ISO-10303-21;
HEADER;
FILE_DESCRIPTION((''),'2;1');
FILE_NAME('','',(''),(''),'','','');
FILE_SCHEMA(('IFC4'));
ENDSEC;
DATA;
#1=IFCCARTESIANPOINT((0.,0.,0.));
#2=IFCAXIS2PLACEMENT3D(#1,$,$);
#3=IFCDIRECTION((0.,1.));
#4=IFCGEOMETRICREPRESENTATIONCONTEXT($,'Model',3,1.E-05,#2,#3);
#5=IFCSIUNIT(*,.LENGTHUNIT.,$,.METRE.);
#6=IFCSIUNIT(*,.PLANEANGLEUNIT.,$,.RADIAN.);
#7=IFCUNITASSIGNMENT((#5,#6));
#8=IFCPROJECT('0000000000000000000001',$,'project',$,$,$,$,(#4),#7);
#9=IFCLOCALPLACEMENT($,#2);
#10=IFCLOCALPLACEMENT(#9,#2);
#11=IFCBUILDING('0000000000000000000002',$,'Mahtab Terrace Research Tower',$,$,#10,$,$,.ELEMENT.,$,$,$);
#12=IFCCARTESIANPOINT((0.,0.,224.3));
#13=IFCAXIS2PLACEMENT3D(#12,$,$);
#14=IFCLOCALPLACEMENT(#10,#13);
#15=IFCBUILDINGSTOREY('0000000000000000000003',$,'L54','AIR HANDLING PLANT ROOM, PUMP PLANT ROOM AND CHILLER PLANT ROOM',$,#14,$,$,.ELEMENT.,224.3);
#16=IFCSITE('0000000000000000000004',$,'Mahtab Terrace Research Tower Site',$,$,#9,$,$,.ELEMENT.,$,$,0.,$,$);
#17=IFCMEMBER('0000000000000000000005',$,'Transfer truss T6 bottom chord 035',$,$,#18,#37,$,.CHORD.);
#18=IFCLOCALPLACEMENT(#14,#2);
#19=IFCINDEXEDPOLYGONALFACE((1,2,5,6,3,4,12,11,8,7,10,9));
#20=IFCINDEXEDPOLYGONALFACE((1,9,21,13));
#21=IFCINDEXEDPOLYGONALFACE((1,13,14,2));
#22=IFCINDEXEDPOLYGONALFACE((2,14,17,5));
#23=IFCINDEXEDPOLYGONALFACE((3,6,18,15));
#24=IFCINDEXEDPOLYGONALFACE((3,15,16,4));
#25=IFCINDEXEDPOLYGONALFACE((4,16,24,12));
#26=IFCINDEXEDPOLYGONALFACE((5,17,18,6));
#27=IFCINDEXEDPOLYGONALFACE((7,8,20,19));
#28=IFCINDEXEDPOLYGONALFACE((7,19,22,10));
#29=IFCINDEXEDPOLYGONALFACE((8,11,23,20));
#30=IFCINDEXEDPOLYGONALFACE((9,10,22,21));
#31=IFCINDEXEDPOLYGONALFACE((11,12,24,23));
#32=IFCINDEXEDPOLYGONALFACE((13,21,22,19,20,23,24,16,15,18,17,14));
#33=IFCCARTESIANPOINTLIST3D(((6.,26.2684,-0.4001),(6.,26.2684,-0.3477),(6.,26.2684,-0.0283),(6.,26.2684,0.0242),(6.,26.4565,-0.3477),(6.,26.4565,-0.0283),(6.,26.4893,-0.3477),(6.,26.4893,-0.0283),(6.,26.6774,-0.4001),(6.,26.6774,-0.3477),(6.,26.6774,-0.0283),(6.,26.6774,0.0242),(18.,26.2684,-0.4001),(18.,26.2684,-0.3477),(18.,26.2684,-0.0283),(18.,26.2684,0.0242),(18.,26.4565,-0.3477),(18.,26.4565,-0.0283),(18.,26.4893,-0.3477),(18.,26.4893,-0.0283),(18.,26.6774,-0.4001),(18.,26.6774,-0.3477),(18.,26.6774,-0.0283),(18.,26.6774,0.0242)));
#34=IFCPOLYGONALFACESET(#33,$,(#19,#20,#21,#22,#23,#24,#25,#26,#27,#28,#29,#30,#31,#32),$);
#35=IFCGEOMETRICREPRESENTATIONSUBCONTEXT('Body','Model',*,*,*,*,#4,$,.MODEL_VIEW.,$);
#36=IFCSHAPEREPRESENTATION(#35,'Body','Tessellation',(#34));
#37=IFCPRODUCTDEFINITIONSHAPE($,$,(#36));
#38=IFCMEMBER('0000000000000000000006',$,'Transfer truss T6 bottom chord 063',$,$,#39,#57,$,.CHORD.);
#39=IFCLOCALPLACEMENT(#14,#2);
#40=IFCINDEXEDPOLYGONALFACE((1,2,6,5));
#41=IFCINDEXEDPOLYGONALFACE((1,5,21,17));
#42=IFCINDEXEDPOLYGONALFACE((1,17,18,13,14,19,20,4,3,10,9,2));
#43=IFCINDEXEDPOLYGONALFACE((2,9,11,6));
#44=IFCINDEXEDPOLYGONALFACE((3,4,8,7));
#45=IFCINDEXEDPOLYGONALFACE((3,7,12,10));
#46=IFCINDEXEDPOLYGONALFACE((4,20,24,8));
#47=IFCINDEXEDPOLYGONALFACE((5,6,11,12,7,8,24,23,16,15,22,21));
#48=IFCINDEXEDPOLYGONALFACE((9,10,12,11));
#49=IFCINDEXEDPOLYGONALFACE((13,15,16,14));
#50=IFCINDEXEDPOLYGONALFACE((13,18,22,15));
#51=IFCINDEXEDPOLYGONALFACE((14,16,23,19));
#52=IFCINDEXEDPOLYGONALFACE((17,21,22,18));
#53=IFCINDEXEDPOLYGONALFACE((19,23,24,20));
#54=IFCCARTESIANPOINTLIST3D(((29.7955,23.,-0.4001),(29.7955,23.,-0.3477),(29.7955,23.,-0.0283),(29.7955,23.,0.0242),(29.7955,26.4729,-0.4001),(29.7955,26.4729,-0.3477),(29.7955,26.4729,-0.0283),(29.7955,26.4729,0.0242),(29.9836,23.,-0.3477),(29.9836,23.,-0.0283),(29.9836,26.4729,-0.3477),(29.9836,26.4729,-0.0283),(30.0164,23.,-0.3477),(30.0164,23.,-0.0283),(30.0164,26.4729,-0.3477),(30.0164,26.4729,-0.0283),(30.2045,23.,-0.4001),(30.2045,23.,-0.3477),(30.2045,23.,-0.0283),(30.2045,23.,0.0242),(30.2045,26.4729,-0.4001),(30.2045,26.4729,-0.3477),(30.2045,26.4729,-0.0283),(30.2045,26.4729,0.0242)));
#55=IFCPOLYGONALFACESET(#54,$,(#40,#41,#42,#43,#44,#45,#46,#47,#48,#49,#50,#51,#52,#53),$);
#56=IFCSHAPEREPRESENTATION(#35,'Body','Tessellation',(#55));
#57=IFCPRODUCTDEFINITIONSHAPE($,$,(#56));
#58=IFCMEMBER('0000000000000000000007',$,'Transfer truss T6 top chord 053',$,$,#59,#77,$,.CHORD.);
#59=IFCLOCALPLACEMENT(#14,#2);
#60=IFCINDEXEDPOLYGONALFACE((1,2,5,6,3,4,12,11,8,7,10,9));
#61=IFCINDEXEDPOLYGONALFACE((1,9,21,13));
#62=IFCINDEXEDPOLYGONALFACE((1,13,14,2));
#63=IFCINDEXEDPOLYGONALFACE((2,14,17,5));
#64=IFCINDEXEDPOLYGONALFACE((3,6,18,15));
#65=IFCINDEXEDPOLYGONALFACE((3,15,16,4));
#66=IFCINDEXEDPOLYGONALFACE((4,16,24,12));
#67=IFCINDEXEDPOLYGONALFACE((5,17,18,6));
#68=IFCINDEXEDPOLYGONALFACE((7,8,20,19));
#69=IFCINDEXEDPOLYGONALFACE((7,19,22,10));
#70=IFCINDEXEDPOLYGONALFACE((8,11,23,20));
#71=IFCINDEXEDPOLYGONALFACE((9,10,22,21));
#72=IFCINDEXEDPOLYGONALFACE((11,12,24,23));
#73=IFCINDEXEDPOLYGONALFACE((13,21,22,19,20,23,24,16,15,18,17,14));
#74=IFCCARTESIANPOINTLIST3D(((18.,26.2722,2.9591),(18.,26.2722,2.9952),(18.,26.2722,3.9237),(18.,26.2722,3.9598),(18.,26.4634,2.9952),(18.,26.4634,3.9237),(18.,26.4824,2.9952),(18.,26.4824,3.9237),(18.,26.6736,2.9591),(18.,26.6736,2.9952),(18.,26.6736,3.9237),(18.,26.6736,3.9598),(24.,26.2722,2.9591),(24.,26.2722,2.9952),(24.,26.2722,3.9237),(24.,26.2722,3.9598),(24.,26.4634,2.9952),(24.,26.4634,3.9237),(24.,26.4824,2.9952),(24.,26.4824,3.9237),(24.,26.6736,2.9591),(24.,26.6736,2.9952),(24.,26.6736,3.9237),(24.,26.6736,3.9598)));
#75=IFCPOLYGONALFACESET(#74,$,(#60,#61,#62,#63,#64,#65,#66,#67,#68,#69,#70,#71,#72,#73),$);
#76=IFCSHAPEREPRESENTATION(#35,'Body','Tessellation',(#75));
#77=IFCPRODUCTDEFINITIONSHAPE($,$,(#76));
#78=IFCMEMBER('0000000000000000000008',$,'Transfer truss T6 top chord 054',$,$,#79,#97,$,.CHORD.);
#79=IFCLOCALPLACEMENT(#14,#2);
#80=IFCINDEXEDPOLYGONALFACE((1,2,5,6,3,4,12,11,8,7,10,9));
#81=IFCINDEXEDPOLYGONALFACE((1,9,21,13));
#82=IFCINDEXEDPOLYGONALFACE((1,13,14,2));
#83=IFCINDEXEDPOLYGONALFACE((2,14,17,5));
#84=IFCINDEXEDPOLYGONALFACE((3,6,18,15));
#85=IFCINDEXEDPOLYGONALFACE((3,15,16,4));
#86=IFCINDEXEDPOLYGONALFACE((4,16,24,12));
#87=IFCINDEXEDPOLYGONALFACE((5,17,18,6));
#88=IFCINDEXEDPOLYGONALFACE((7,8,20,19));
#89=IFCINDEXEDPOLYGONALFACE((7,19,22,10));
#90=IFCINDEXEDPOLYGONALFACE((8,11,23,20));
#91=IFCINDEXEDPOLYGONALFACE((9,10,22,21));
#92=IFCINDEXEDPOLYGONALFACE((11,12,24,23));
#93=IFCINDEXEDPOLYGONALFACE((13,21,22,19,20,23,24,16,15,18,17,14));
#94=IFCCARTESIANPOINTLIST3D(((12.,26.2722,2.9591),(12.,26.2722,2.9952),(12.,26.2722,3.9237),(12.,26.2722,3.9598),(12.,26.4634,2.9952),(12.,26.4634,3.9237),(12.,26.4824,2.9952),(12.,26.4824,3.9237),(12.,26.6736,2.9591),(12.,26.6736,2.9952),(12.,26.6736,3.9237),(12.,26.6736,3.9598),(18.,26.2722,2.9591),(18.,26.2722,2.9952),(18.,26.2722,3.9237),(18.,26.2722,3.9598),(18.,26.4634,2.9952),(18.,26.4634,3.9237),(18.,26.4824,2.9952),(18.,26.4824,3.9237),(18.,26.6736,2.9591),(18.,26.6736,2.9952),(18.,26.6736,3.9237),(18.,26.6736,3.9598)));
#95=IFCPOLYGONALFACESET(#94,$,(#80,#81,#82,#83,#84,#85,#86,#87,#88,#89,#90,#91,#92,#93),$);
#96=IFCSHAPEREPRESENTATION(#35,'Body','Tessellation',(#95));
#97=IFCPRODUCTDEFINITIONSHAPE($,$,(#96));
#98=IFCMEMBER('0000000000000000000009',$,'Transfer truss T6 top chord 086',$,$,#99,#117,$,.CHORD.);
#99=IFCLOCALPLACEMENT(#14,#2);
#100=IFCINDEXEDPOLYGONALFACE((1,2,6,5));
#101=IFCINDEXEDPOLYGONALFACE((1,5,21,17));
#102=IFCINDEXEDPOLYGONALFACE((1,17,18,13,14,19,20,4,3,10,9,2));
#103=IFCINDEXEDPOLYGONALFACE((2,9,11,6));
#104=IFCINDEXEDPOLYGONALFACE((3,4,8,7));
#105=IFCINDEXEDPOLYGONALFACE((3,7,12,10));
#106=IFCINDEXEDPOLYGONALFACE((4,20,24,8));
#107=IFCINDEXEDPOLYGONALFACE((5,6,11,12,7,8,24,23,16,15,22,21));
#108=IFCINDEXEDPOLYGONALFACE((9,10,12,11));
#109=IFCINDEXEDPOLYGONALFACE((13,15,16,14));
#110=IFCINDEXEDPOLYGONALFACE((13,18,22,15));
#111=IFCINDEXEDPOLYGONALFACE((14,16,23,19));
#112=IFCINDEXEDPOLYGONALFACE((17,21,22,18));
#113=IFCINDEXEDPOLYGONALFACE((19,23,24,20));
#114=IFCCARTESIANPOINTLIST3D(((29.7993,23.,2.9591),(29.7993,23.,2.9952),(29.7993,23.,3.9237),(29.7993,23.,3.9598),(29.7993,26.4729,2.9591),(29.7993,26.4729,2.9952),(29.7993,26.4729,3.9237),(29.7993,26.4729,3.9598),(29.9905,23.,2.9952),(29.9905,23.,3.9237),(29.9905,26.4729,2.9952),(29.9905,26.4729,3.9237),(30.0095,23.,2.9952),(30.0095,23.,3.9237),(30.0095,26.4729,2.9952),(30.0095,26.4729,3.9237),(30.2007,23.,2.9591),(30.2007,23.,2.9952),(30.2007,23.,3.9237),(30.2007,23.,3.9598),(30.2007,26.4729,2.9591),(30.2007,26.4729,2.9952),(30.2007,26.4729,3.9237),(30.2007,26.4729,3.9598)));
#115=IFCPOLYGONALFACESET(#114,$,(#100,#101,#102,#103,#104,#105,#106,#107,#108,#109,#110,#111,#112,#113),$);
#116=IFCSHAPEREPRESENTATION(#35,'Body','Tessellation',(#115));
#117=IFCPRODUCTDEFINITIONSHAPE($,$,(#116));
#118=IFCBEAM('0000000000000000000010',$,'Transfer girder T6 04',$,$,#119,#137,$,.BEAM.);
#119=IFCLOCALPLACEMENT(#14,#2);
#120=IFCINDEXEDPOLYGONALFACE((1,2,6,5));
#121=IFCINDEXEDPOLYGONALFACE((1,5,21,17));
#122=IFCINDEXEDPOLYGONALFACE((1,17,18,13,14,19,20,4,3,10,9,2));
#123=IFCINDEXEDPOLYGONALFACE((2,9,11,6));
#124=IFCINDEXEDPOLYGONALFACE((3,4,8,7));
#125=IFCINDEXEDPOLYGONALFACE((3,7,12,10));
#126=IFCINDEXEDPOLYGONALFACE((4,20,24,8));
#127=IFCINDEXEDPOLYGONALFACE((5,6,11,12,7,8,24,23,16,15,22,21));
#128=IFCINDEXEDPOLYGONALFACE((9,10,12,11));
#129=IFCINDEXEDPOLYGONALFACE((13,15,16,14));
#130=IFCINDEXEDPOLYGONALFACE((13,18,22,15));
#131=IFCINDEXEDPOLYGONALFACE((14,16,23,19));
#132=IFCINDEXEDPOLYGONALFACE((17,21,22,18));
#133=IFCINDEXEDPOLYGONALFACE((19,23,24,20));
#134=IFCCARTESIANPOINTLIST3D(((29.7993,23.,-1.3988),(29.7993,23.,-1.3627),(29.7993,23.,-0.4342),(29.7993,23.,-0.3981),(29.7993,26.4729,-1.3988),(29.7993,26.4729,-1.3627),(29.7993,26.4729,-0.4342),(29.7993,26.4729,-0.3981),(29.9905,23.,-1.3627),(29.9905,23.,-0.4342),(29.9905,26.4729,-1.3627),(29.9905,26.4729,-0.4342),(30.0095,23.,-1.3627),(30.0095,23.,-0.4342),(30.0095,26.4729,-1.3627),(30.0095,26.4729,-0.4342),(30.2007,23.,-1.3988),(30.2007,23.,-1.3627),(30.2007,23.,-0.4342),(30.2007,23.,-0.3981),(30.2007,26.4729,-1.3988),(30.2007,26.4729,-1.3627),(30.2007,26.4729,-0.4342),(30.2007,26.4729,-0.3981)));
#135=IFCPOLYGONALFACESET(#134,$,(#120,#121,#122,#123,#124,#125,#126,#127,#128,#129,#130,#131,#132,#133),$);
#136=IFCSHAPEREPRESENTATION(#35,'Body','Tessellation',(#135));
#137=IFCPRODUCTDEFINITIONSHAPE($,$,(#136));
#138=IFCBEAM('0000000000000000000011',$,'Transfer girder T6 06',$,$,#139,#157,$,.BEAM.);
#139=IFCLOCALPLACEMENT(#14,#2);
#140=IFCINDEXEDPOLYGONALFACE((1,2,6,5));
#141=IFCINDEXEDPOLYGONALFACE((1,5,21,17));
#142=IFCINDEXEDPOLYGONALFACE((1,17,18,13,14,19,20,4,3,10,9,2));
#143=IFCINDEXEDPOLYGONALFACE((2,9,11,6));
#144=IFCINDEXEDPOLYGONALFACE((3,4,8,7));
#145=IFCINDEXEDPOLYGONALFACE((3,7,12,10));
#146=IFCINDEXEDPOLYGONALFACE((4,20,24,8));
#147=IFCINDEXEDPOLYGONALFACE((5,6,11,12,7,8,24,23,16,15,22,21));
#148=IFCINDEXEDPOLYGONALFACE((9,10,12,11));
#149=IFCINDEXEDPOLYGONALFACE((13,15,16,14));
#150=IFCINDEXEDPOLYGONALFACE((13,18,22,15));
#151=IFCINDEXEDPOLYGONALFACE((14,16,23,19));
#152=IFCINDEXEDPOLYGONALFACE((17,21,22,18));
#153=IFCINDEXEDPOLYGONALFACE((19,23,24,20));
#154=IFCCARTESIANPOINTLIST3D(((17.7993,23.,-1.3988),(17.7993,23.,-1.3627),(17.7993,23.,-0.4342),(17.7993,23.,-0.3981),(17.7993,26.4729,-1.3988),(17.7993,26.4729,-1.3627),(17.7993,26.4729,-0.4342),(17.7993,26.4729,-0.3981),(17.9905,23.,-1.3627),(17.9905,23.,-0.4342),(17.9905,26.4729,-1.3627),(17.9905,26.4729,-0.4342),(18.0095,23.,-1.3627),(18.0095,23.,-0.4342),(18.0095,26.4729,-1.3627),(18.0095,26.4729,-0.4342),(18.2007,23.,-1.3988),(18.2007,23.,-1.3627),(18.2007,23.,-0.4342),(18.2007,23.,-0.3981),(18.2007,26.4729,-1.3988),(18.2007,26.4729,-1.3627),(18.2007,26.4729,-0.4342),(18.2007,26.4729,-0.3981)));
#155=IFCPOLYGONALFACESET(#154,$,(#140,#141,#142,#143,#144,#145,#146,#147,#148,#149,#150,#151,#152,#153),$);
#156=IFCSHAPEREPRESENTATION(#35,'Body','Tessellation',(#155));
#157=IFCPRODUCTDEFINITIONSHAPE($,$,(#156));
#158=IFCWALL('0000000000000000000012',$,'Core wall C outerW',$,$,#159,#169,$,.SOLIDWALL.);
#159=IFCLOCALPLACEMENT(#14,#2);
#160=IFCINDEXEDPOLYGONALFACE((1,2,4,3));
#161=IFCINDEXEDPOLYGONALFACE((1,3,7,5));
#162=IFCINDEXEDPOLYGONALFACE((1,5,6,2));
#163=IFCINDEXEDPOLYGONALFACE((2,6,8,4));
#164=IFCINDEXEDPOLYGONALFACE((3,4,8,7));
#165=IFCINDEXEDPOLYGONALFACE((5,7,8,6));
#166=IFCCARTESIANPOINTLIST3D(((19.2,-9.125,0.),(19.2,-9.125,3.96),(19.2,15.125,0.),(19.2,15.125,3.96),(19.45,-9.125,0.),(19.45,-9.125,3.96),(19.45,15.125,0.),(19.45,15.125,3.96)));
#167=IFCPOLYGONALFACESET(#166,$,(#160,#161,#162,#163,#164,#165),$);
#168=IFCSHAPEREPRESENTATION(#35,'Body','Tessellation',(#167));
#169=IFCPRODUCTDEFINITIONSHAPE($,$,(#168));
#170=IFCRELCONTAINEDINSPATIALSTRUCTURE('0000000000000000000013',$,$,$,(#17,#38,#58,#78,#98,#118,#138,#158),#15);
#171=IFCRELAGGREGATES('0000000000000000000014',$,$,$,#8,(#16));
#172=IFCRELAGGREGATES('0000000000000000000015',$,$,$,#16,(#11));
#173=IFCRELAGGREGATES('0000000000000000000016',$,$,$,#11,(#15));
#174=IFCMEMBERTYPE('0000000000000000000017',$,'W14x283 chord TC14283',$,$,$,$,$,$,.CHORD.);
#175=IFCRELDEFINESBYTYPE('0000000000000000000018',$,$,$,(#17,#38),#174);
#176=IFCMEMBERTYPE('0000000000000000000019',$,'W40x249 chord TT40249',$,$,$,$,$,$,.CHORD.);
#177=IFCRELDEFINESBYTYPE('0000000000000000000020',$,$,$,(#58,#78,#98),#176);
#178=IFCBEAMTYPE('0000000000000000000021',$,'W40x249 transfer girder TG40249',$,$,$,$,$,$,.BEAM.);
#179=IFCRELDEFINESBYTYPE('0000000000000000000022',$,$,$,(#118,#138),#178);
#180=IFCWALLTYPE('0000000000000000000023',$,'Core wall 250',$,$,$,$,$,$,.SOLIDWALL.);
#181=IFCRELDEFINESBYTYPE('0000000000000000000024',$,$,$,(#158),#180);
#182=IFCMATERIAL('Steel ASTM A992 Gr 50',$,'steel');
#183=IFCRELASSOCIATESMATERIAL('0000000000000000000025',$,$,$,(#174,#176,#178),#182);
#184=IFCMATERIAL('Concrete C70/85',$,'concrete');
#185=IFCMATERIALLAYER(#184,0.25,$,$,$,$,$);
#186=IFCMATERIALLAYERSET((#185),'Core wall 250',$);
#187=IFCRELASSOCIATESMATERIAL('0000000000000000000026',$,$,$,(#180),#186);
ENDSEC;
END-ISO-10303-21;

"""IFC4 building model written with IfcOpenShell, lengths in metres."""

from ifc_helpers import new_model, si_unit, direction, frame, frame_2d, origin, origin_2d, place, context, subcontext, project, spatial, rectangle, i_section, extrude, material, layer, layer_set, material_profile, profile_set, type_object, element, save


model = new_model("IFC4")

# Units and contexts
model_context = context("Model", 3, precision=1e-05, world=origin(), true_north=direction((0.0, 1.0)))
body_context = subcontext(model_context, "Body", "Model", "MODEL_VIEW")
ifc_project = project(units=[si_unit("LENGTHUNIT", "METRE"), si_unit("PLANEANGLEUNIT", "RADIAN")], contexts=[model_context])

# Site, building, storey
site_placement = place(None, origin())
site = spatial("IfcSite", under=ifc_project, at=site_placement, Name="Mahtab Terrace Research Tower Site", CompositionType="ELEMENT", RefElevation=0.0)
building_placement = place(site_placement, origin())
building = spatial("IfcBuilding", under=site, at=building_placement, Name="Mahtab Terrace Research Tower", CompositionType="ELEMENT")
storey_placement = place(building_placement, frame((0.0, 0.0, 224.3)))
storey = spatial("IfcBuildingStorey", under=building, at=storey_placement, Name="L54", Description="AIR HANDLING PLANT ROOM, PUMP PLANT ROOM AND CHILLER PLANT ROOM", CompositionType="ELEMENT", Elevation=224.3)

# Shared definitions
ifc_material_1 = material(Name="Steel ASTM A992 Gr 50", Category="steel")

# Members
ifc_material_profile_1 = material_profile(ifc_material_1, i_section(OverallWidth=0.4089, OverallDepth=0.4243, WebThickness=0.0327, FlangeThickness=0.0525, at=origin_2d()), Name="W14X283")
ifc_profile_set_1 = profile_set([ifc_material_profile_1], Name="Steel ASTM A992 Gr 50")
member_type_1 = type_object("IfcMemberType", Name="W14x283 chord TC14283", PredefinedType="CHORD", material=ifc_profile_set_1)
member_1_placement = place(storey_placement, frame((18.0, 26.4729, -0.188), z_axis=(-1.0, 0.0, 0.0), x_axis=(0.0, -1.0, 0.0)))
element("IfcMember", 1, at=member_1_placement, inside=storey, type_object=member_type_1, Name="Transfer truss T6 bottom chord 035", PredefinedType="CHORD", context=body_context, shape_type="SweptSolid", body=[
    extrude(i_section(OverallWidth=0.4089, OverallDepth=0.4243, WebThickness=0.0327, FlangeThickness=0.0525, at=origin_2d()), origin(), (0.0, 0.0, 1.0), 12.0),
])
member_2_placement = place(storey_placement, frame((30.0, 23.0, -0.188), z_axis=(0.0, 1.0, 0.0), x_axis=(-1.0, 0.0, 0.0)))
element("IfcMember", 2, at=member_2_placement, inside=storey, type_object=member_type_1, Name="Transfer truss T6 bottom chord 063", PredefinedType="CHORD", context=body_context, shape_type="SweptSolid", body=[
    extrude(i_section(OverallWidth=0.4089, OverallDepth=0.4243, WebThickness=0.0327, FlangeThickness=0.0525, at=origin_2d()), origin(), (0.0, 0.0, 1.0), 3.4729),
])
ifc_material_profile_2 = material_profile(ifc_material_1, i_section(OverallWidth=0.4014, OverallDepth=1.0007, WebThickness=0.019, FlangeThickness=0.0361, at=origin_2d()), Name="W40X249")
ifc_profile_set_2 = profile_set([ifc_material_profile_2], Name="Steel ASTM A992 Gr 50")
member_type_2 = type_object("IfcMemberType", Name="W40x249 chord TT40249", PredefinedType="CHORD", material=ifc_profile_set_2)
for number, where, z_axis, x_axis, name in (
    (3, (24.0, 26.4729, 3.4595), (-1.0, 0.0, 0.0), (0.0, -1.0, 0.0), "Transfer truss T6 top chord 053"),
    (4, (18.0, 26.4729, 3.4595), (-1.0, 0.0, 0.0), (0.0, -1.0, 0.0), "Transfer truss T6 top chord 054"),
):
    element("IfcMember", number, at=place(storey_placement, frame(where, z_axis=z_axis, x_axis=x_axis)), inside=storey, type_object=member_type_2, Name=name, PredefinedType="CHORD", context=body_context, shape_type="SweptSolid", body=[
        extrude(i_section(OverallWidth=0.4014, OverallDepth=1.0007, WebThickness=0.019, FlangeThickness=0.0361, at=origin_2d()), origin(), (0.0, 0.0, 1.0), 6.0),
    ])
member_3_placement = place(storey_placement, frame((30.0, 23.0, 3.4595), z_axis=(0.0, 1.0, 0.0), x_axis=(-1.0, 0.0, 0.0)))
element("IfcMember", 5, at=member_3_placement, inside=storey, type_object=member_type_2, Name="Transfer truss T6 top chord 086", PredefinedType="CHORD", context=body_context, shape_type="SweptSolid", body=[
    extrude(i_section(OverallWidth=0.4014, OverallDepth=1.0007, WebThickness=0.019, FlangeThickness=0.0361, at=origin_2d()), origin(), (0.0, 0.0, 1.0), 3.4729),
])

# Beams
ifc_material_profile_3 = material_profile(ifc_material_1, i_section(OverallWidth=0.4014, OverallDepth=1.0007, WebThickness=0.019, FlangeThickness=0.0361, at=origin_2d()), Name="W40X249")
ifc_profile_set_3 = profile_set([ifc_material_profile_3], Name="Steel ASTM A992 Gr 50")
beam_type = type_object("IfcBeamType", Name="W40x249 transfer girder TG40249", PredefinedType="BEAM", material=ifc_profile_set_3)
for number, where, z_axis, x_axis, name in (
    (6, (30.0, 23.0, -0.8984), (0.0, 1.0, 0.0), (-1.0, 0.0, 0.0), "Transfer girder T6 04"),
    (7, (18.0, 23.0, -0.8984), (0.0, 1.0, 0.0), (-1.0, 0.0, 0.0), "Transfer girder T6 06"),
):
    element("IfcBeam", number, at=place(storey_placement, frame(where, z_axis=z_axis, x_axis=x_axis)), inside=storey, type_object=beam_type, Name=name, PredefinedType="BEAM", context=body_context, shape_type="SweptSolid", body=[
        extrude(i_section(OverallWidth=0.4014, OverallDepth=1.0007, WebThickness=0.019, FlangeThickness=0.0361, at=origin_2d()), origin(), (0.0, 0.0, 1.0), 3.4729),
    ])

# Wall
ifc_material_2 = material(Name="Concrete C70/85", Category="concrete")
ifc_layer_1 = layer(ifc_material_2, 0.25)
ifc_layer_set_1 = layer_set([ifc_layer_1], Name="Core wall 250")
wall_type_1 = type_object("IfcWallType", Name="Core wall 250", PredefinedType="SOLIDWALL", material=ifc_layer_set_1)
wall_1_placement = place(storey_placement, frame((19.325, 15.125, 0.0), z_axis=(0.0, 0.0, 1.0), x_axis=(0.0, -1.0, 0.0)))
element("IfcWall", 8, at=wall_1_placement, inside=storey, type_object=wall_type_1, Name="Core wall C outerW", PredefinedType="SOLIDWALL", context=body_context, shape_type="SweptSolid", body=[
    extrude(rectangle(XDim=24.25, YDim=0.25, at=frame_2d((12.125, 0.0))), origin(), (0.0, 0.0, 1.0), 3.96),
])

save(model, "model.ifc")
